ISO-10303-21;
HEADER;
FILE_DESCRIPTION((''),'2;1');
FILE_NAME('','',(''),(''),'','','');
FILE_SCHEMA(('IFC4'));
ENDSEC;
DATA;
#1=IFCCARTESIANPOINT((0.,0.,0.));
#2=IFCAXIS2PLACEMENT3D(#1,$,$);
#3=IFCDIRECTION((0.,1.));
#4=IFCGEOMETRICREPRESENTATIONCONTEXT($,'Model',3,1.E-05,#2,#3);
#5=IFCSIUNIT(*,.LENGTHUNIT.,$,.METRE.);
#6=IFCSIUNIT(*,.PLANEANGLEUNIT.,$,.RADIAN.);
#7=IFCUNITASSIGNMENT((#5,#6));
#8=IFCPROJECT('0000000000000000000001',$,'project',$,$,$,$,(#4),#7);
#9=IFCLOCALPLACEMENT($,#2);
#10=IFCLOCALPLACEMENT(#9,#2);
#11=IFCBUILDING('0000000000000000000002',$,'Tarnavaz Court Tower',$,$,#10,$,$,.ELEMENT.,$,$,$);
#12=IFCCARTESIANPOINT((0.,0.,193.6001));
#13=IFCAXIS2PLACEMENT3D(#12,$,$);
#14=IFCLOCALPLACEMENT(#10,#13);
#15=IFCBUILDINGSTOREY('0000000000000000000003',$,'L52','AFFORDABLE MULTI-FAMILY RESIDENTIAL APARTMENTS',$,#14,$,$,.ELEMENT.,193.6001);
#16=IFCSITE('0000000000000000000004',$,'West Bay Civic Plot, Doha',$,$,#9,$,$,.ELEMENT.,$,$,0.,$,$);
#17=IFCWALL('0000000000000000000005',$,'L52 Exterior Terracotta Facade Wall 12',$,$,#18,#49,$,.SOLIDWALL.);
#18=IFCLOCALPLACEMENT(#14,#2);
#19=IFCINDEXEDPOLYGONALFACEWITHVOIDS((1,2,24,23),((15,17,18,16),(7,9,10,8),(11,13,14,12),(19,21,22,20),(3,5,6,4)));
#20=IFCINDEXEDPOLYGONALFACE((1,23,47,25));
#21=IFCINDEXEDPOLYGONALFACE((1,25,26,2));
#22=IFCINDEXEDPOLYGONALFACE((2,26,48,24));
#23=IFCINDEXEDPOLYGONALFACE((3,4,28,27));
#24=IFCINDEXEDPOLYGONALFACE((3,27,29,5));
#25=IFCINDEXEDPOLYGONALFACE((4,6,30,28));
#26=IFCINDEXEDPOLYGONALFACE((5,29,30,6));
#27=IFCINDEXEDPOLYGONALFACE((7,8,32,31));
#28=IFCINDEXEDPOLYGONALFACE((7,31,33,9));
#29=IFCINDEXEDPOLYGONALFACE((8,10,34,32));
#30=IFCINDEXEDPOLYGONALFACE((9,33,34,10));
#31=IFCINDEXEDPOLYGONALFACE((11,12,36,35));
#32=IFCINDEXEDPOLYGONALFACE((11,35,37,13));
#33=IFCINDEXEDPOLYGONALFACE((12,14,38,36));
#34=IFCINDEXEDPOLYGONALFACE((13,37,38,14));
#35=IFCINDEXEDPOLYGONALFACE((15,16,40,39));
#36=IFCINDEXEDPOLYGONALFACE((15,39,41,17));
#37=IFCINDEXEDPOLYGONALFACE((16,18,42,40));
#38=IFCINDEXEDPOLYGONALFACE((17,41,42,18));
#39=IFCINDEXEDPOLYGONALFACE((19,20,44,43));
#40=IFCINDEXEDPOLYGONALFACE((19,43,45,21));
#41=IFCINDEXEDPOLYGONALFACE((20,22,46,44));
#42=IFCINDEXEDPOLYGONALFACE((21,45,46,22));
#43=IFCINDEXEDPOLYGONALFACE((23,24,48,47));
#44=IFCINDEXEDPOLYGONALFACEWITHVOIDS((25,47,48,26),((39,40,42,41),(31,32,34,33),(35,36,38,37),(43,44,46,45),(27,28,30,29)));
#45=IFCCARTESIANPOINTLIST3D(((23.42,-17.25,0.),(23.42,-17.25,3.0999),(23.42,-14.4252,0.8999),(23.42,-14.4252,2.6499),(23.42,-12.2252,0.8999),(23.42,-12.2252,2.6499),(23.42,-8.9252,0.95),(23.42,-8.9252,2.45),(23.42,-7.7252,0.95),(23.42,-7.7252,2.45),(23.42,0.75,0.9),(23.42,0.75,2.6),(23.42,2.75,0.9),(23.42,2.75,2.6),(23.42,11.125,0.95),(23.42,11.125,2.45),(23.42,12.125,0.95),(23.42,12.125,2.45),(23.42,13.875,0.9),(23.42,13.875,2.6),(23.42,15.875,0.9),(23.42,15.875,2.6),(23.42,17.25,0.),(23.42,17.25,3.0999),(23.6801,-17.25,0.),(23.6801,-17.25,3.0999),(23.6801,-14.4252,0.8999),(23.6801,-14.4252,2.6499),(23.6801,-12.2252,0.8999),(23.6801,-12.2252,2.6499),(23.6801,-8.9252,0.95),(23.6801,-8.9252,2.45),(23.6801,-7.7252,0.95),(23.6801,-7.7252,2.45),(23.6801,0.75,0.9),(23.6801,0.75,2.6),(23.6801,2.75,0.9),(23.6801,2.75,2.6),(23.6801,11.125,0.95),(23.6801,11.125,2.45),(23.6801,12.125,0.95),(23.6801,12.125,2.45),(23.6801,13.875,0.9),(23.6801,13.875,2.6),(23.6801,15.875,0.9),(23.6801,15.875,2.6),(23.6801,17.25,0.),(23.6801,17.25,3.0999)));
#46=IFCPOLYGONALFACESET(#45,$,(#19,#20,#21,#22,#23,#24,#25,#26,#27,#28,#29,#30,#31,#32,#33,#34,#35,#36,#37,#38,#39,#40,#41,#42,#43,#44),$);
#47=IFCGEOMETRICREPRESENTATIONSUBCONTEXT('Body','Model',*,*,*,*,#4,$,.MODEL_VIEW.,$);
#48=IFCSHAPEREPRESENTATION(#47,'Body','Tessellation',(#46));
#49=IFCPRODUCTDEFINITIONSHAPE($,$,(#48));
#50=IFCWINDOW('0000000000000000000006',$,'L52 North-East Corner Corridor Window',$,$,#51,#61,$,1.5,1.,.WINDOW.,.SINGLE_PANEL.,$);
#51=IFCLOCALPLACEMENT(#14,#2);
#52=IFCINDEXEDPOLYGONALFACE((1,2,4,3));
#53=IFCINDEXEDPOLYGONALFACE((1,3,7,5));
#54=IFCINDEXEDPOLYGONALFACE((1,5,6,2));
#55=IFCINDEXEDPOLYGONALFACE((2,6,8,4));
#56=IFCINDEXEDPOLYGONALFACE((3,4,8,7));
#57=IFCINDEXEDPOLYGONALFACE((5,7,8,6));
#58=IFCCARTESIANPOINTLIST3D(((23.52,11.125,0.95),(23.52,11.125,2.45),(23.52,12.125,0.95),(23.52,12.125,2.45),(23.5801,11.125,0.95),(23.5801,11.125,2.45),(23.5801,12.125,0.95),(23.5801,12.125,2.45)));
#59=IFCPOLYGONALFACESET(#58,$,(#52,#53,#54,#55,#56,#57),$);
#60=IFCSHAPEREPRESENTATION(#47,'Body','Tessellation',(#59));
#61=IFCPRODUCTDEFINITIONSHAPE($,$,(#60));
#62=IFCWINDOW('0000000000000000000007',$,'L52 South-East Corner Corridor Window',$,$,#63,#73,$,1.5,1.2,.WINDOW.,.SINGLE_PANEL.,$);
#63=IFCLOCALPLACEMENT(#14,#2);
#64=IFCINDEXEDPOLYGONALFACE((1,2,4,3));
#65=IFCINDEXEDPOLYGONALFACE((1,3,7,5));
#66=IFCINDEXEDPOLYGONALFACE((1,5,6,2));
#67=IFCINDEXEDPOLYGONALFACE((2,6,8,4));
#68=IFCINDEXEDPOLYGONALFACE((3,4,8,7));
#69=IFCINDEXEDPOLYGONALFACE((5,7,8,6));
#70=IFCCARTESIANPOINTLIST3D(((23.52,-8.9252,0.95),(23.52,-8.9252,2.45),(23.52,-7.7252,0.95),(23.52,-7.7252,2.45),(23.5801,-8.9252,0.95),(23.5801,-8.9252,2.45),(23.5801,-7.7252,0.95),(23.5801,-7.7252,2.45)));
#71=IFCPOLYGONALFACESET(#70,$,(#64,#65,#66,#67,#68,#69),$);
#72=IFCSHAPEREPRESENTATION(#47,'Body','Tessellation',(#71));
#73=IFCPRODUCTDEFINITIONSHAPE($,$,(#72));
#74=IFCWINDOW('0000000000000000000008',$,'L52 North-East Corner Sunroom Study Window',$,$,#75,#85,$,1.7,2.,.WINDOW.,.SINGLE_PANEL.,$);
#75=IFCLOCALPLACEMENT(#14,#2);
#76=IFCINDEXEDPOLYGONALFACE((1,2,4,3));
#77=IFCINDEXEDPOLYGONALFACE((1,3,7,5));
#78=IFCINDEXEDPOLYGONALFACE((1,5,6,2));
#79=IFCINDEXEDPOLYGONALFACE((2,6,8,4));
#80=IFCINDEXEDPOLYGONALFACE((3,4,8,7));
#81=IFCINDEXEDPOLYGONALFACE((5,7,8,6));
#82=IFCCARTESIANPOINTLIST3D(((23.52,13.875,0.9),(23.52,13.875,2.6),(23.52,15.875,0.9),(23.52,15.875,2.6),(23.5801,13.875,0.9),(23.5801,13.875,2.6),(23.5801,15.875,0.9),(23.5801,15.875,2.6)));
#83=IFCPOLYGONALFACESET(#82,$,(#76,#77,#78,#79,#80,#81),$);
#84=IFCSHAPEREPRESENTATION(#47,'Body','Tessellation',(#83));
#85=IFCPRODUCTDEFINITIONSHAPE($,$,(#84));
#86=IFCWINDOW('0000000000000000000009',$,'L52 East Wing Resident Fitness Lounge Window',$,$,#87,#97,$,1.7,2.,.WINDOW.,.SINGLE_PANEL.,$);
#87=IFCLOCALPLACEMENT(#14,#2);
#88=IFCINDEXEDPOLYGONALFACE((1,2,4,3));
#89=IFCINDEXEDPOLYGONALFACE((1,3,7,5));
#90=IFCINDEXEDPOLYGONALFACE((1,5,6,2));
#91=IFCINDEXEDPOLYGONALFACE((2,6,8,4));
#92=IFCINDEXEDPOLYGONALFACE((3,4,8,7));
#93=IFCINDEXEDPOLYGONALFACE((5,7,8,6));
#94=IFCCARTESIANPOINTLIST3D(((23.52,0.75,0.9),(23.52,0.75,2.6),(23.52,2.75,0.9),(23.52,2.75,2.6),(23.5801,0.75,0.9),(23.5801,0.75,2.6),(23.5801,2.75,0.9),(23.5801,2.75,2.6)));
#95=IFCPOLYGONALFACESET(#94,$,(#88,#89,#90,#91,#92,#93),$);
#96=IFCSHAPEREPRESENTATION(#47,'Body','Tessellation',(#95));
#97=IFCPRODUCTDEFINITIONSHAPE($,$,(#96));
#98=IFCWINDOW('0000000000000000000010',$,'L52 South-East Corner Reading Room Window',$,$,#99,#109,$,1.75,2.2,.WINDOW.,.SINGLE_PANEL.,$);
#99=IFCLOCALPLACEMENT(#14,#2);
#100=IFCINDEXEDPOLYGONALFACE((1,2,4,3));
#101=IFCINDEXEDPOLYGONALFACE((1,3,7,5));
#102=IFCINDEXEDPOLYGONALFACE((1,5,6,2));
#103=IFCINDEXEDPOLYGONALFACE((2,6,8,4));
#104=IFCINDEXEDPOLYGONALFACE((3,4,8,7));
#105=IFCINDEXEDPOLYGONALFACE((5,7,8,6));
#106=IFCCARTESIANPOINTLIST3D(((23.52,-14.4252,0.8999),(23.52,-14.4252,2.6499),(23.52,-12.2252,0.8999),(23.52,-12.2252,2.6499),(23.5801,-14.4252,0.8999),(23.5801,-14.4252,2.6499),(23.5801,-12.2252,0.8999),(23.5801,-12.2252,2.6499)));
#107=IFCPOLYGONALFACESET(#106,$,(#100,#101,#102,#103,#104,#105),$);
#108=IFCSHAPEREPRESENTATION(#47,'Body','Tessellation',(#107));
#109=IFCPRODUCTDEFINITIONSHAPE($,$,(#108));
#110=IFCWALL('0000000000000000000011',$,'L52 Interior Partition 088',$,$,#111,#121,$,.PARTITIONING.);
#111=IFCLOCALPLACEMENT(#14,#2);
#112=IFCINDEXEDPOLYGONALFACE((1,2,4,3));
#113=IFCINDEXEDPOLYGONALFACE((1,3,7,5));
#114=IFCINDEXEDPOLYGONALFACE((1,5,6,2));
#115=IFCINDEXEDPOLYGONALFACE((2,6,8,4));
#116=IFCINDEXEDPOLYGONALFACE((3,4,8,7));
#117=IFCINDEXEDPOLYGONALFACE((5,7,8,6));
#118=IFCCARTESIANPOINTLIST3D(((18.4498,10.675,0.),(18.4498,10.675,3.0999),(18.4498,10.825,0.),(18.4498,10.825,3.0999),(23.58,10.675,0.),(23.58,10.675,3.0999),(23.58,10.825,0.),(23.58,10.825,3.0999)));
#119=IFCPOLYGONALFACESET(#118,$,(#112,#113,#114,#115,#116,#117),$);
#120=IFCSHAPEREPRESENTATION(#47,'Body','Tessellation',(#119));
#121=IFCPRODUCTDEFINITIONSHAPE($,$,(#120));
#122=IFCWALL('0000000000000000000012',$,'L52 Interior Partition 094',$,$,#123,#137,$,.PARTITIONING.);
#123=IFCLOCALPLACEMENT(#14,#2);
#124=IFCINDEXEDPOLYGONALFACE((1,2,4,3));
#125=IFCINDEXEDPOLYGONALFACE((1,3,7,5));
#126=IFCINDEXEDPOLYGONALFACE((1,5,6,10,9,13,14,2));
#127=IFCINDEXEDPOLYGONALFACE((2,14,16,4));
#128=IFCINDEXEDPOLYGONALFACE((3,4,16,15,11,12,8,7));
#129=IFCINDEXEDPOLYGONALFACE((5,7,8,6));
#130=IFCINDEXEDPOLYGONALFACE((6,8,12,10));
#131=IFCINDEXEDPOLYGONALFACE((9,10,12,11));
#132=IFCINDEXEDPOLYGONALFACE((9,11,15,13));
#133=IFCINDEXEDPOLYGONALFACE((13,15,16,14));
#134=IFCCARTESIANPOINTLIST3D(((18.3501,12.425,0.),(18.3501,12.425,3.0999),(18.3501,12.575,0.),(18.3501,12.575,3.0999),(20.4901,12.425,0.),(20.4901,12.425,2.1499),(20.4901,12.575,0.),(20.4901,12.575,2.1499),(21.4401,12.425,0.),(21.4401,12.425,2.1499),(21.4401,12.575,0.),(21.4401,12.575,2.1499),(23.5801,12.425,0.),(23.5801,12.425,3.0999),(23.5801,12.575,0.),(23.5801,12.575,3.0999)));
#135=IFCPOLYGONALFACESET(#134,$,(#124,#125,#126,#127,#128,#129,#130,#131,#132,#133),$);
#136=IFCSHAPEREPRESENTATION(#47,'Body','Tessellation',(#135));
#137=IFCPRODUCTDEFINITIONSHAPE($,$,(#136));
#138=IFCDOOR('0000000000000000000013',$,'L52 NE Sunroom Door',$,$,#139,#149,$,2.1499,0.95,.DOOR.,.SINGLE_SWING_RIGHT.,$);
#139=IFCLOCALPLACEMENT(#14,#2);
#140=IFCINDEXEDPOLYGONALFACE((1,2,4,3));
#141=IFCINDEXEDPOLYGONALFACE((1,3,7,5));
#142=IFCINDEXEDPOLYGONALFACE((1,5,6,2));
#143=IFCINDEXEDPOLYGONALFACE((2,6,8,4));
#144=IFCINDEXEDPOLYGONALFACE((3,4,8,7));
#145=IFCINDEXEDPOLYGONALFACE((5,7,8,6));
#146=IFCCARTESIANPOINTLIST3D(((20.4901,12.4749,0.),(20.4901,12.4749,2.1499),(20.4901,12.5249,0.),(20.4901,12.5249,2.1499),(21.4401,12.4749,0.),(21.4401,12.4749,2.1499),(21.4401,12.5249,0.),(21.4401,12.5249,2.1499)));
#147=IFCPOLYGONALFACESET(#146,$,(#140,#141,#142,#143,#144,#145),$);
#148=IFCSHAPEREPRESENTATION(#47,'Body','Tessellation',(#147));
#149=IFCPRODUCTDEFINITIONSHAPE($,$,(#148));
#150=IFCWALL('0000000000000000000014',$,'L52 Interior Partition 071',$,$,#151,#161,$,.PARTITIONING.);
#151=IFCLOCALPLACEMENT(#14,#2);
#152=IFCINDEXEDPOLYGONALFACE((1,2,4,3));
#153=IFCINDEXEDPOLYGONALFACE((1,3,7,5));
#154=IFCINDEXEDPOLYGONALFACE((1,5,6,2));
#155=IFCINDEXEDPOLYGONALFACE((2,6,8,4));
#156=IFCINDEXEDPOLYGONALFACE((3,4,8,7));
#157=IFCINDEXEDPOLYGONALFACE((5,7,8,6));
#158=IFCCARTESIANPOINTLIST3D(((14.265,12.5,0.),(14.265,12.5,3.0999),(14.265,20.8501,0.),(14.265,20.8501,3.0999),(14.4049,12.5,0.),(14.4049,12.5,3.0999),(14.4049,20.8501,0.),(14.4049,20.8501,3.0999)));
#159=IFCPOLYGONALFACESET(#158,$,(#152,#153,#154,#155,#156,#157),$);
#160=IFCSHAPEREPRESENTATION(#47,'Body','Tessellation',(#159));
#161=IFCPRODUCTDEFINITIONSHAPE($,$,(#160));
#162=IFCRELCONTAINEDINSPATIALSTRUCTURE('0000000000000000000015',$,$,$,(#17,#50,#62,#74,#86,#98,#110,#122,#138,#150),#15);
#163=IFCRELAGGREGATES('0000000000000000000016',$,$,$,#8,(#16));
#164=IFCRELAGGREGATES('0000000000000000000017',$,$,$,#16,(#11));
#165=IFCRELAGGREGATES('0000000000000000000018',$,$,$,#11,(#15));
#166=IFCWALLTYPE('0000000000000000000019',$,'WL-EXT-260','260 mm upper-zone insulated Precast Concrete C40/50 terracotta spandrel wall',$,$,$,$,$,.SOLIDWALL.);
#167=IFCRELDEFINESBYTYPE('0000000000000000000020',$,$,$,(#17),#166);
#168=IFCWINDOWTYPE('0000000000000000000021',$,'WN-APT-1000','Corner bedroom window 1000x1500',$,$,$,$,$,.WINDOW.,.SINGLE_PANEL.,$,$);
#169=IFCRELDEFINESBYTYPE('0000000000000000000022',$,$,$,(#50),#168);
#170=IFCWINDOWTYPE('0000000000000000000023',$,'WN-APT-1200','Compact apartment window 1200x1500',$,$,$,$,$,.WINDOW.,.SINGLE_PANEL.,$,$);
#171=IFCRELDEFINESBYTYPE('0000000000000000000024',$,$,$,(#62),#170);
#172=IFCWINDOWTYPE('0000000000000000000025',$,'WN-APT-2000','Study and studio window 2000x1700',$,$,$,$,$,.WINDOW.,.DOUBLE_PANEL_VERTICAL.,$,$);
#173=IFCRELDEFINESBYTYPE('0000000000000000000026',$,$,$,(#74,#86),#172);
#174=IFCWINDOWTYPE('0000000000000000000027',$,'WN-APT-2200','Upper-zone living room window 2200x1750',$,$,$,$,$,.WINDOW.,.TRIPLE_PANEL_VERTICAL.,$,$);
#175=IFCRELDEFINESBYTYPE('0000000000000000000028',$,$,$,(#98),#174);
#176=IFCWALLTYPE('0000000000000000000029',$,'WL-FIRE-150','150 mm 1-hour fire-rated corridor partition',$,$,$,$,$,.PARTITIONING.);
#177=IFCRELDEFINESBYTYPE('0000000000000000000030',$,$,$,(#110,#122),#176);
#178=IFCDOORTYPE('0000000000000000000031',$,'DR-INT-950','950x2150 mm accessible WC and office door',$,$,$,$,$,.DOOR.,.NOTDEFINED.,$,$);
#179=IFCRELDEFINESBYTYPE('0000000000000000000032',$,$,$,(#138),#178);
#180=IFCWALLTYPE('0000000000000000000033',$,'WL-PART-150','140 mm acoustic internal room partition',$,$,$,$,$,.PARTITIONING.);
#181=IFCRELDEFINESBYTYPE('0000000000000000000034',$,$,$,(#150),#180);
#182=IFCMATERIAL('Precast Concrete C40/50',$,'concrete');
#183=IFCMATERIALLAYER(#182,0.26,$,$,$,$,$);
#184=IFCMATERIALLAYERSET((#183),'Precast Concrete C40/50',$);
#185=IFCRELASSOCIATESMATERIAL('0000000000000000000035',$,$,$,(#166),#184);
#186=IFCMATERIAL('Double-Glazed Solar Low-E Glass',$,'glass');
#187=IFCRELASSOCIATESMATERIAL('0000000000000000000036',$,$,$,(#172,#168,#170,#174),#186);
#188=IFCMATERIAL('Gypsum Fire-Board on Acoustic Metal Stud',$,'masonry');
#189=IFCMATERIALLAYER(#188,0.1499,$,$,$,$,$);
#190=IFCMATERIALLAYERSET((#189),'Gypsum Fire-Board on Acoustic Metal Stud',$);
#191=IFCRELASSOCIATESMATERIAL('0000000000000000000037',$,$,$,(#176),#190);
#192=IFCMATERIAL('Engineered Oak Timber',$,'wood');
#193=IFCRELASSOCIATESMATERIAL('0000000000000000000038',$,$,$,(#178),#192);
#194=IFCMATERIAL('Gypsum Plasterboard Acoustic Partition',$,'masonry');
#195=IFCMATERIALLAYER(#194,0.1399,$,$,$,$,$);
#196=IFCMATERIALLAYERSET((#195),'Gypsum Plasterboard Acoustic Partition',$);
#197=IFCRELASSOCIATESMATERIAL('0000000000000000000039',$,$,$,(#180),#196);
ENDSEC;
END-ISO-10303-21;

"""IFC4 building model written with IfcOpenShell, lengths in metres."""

from ifc_helpers import new_model, si_unit, direction, frame, frame_2d, origin, place, context, subcontext, project, spatial, rectangle, extrude, material, layer, layer_set, type_object, element, fill, save


model = new_model("IFC4")

# Units and contexts
model_context = context("Model", 3, precision=1e-05, world=origin(), true_north=direction((0.0, 1.0)))
body_context = subcontext(model_context, "Body", "Model", "MODEL_VIEW")
ifc_project = project(units=[si_unit("LENGTHUNIT", "METRE"), si_unit("PLANEANGLEUNIT", "RADIAN")], contexts=[model_context])

# Site, building, storey
site_placement = place(None, origin())
site = spatial("IfcSite", under=ifc_project, at=site_placement, Name="West Bay Civic Plot, Doha", CompositionType="ELEMENT", RefElevation=0.0)
building_placement = place(site_placement, origin())
building = spatial("IfcBuilding", under=site, at=building_placement, Name="Tarnavaz Court Tower", CompositionType="ELEMENT")
storey_placement = place(building_placement, frame((0.0, 0.0, 193.6001)))
storey = spatial("IfcBuildingStorey", under=building, at=storey_placement, Name="L52", Description="AFFORDABLE MULTI-FAMILY RESIDENTIAL APARTMENTS", CompositionType="ELEMENT", Elevation=193.6001)

# Shared definitions
ifc_material_1 = material(Name="Precast Concrete C40/50", Category="concrete")
ifc_layer_1 = layer(ifc_material_1, 0.26)
ifc_layer_set_1 = layer_set([ifc_layer_1], Name="Precast Concrete C40/50")
wall_type_1 = type_object("IfcWallType", Name="WL-EXT-260", Description="260 mm upper-zone insulated Precast Concrete C40/50 terracotta spandrel wall", PredefinedType="SOLIDWALL", material=ifc_layer_set_1)
ifc_material_2 = material(Name="Double-Glazed Solar Low-E Glass", Category="glass")
window_type_1 = type_object("IfcWindowType", Name="WN-APT-2000", Description="Study and studio window 2000x1700", PartitioningType="DOUBLE_PANEL_VERTICAL", PredefinedType="WINDOW", material=ifc_material_2)

# Wall, openings, windows
wall_1_placement = place(storey_placement, frame((23.55, 17.25, 0.0), z_axis=(0.0, 0.0, 1.0), x_axis=(0.0, -1.0, 0.0)))
wall_1 = element("IfcWall", 1, at=wall_1_placement, inside=storey, type_object=wall_type_1, Name="L52 Exterior Terracotta Facade Wall 12", PredefinedType="SOLIDWALL", context=body_context, shape_type="SweptSolid", body=[
    extrude(rectangle(XDim=34.5, YDim=0.26, at=frame_2d((17.25, 0.0))), origin(), (0.0, 0.0, 1.0), 3.0999),
])
opening_1_placement = place(wall_1_placement, frame((1.375, 0.0, 0.8999)))
opening_1 = element("IfcOpeningElement", 2, at=opening_1_placement, cuts=wall_1, PredefinedType="OPENING", context=body_context, shape_type="SweptSolid", body=[
    extrude(rectangle(XDim=2.0, YDim=1.7, at=frame_2d((1.0, 0.8501))), frame((0.0, 0.1399, 0.0), z_axis=(0.0, -1.0, 0.0), x_axis=(1.0, 0.0, 0.0)), (0.0, 0.0, 1.0), 0.28),
])
opening_2_placement = place(wall_1_placement, frame((5.125, 0.0, 0.95)))
opening_2 = element("IfcOpeningElement", 3, at=opening_2_placement, cuts=wall_1, PredefinedType="OPENING", context=body_context, shape_type="SweptSolid", body=[
    extrude(rectangle(XDim=1.0, YDim=1.5, at=frame_2d((0.5, 0.75))), frame((0.0, 0.1399, 0.0), z_axis=(0.0, -1.0, 0.0), x_axis=(1.0, 0.0, 0.0)), (0.0, 0.0, 1.0), 0.28),
])
opening_3_placement = place(wall_1_placement, frame((14.5, 0.0, 0.8999)))
opening_3 = element("IfcOpeningElement", 4, at=opening_3_placement, cuts=wall_1, PredefinedType="OPENING", context=body_context, shape_type="SweptSolid", body=[
    extrude(rectangle(XDim=2.0, YDim=1.7, at=frame_2d((1.0, 0.8501))), frame((0.0, 0.1399, 0.0), z_axis=(0.0, -1.0, 0.0), x_axis=(1.0, 0.0, 0.0)), (0.0, 0.0, 1.0), 0.28),
])
opening_4_placement = place(wall_1_placement, frame((24.9751, 0.0, 0.95)))
opening_4 = element("IfcOpeningElement", 5, at=opening_4_placement, cuts=wall_1, PredefinedType="OPENING", context=body_context, shape_type="SweptSolid", body=[
    extrude(rectangle(XDim=1.2, YDim=1.5, at=frame_2d((0.6001, 0.75))), frame((0.0, 0.1399, 0.0), z_axis=(0.0, -1.0, 0.0), x_axis=(1.0, 0.0, 0.0)), (0.0, 0.0, 1.0), 0.28),
])
opening_5_placement = place(wall_1_placement, frame((29.4751, 0.0, 0.8999)))
opening_5 = element("IfcOpeningElement", 6, at=opening_5_placement, cuts=wall_1, PredefinedType="OPENING", context=body_context, shape_type="SweptSolid", body=[
    extrude(rectangle(XDim=2.2, YDim=1.75, at=frame_2d((1.1001, 0.875))), frame((0.0, 0.1399, 0.0), z_axis=(0.0, -1.0, 0.0), x_axis=(1.0, 0.0, 0.0)), (0.0, 0.0, 1.0), 0.28),
])
window_type_2 = type_object("IfcWindowType", Name="WN-APT-1000", Description="Corner bedroom window 1000x1500", PartitioningType="SINGLE_PANEL", PredefinedType="WINDOW", material=ifc_material_2)
window_1_placement = place(opening_2_placement, origin())
window_1 = element("IfcWindow", 7, at=window_1_placement, inside=storey, type_object=window_type_2, Name="L52 North-East Corner Corridor Window", OverallHeight=1.5, OverallWidth=1.0, PartitioningType="SINGLE_PANEL", PredefinedType="WINDOW", context=body_context, shape_type="SweptSolid", body=[
    extrude(rectangle(XDim=1.0, YDim=1.5, at=frame_2d((0.5, 0.75))), frame((0.0, 0.03, 0.0), z_axis=(0.0, -1.0, 0.0), x_axis=(1.0, 0.0, 0.0)), (0.0, 0.0, 1.0), 0.0601),
])
fill(opening_2, window_1)
window_type_3 = type_object("IfcWindowType", Name="WN-APT-1200", Description="Compact apartment window 1200x1500", PartitioningType="SINGLE_PANEL", PredefinedType="WINDOW", material=ifc_material_2)
window_2_placement = place(opening_4_placement, origin())
window_2 = element("IfcWindow", 8, at=window_2_placement, inside=storey, type_object=window_type_3, Name="L52 South-East Corner Corridor Window", OverallHeight=1.5, OverallWidth=1.2, PartitioningType="SINGLE_PANEL", PredefinedType="WINDOW", context=body_context, shape_type="SweptSolid", body=[
    extrude(rectangle(XDim=1.2, YDim=1.5, at=frame_2d((0.6001, 0.75))), frame((0.0, 0.03, 0.0), z_axis=(0.0, -1.0, 0.0), x_axis=(1.0, 0.0, 0.0)), (0.0, 0.0, 1.0), 0.0601),
])
fill(opening_4, window_2)
window_3_placement = place(opening_1_placement, origin())
window_3 = element("IfcWindow", 9, at=window_3_placement, inside=storey, type_object=window_type_1, Name="L52 North-East Corner Sunroom Study Window", OverallHeight=1.7, OverallWidth=2.0, PartitioningType="SINGLE_PANEL", PredefinedType="WINDOW", context=body_context, shape_type="SweptSolid", body=[
    extrude(rectangle(XDim=2.0, YDim=1.7, at=frame_2d((1.0, 0.8501))), frame((0.0, 0.03, 0.0), z_axis=(0.0, -1.0, 0.0), x_axis=(1.0, 0.0, 0.0)), (0.0, 0.0, 1.0), 0.0601),
])
fill(opening_1, window_3)
window_4_placement = place(opening_3_placement, origin())
window_4 = element("IfcWindow", 10, at=window_4_placement, inside=storey, type_object=window_type_1, Name="L52 East Wing Resident Fitness Lounge Window", OverallHeight=1.7, OverallWidth=2.0, PartitioningType="SINGLE_PANEL", PredefinedType="WINDOW", context=body_context, shape_type="SweptSolid", body=[
    extrude(rectangle(XDim=2.0, YDim=1.7, at=frame_2d((1.0, 0.8501))), frame((0.0, 0.03, 0.0), z_axis=(0.0, -1.0, 0.0), x_axis=(1.0, 0.0, 0.0)), (0.0, 0.0, 1.0), 0.0601),
])
fill(opening_3, window_4)
window_type_4 = type_object("IfcWindowType", Name="WN-APT-2200", Description="Upper-zone living room window 2200x1750", PartitioningType="TRIPLE_PANEL_VERTICAL", PredefinedType="WINDOW", material=ifc_material_2)
window_5_placement = place(opening_5_placement, origin())
window_5 = element("IfcWindow", 11, at=window_5_placement, inside=storey, type_object=window_type_4, Name="L52 South-East Corner Reading Room Window", OverallHeight=1.75, OverallWidth=2.2, PartitioningType="SINGLE_PANEL", PredefinedType="WINDOW", context=body_context, shape_type="SweptSolid", body=[
    extrude(rectangle(XDim=2.2, YDim=1.75, at=frame_2d((1.1001, 0.875))), frame((0.0, 0.03, 0.0), z_axis=(0.0, -1.0, 0.0), x_axis=(1.0, 0.0, 0.0)), (0.0, 0.0, 1.0), 0.0601),
])
fill(opening_5, window_5)

# Wall
ifc_material_3 = material(Name="Gypsum Fire-Board on Acoustic Metal Stud", Category="masonry")
ifc_layer_2 = layer(ifc_material_3, 0.1499)
ifc_layer_set_2 = layer_set([ifc_layer_2], Name="Gypsum Fire-Board on Acoustic Metal Stud")
wall_type_2 = type_object("IfcWallType", Name="WL-FIRE-150", Description="150 mm 1-hour fire-rated corridor partition", PredefinedType="PARTITIONING", material=ifc_layer_set_2)
wall_2_placement = place(storey_placement, frame((18.45, 10.75, 0.0), z_axis=(0.0, 0.0, 1.0), x_axis=(1.0, 0.0, 0.0)))
element("IfcWall", 12, at=wall_2_placement, inside=storey, type_object=wall_type_2, Name="L52 Interior Partition 088", PredefinedType="PARTITIONING", context=body_context, shape_type="SweptSolid", body=[
    extrude(rectangle(XDim=5.1301, YDim=0.1499, at=frame_2d((2.5649, 0.0))), origin(), (0.0, 0.0, 1.0), 3.0999),
])

# Wall, opening, door
wall_3_placement = place(storey_placement, frame((18.3501, 12.5, 0.0), z_axis=(0.0, 0.0, 1.0), x_axis=(1.0, 0.0, 0.0)))
wall_3 = element("IfcWall", 13, at=wall_3_placement, inside=storey, type_object=wall_type_2, Name="L52 Interior Partition 094", PredefinedType="PARTITIONING", context=body_context, shape_type="SweptSolid", body=[
    extrude(rectangle(XDim=5.23, YDim=0.1499, at=frame_2d((2.615, 0.0))), origin(), (0.0, 0.0, 1.0), 3.0999),
])
opening_6_placement = place(wall_3_placement, frame((2.1399, 0.0, 0.0)))
opening_6 = element("IfcOpeningElement", 14, at=opening_6_placement, cuts=wall_3, PredefinedType="OPENING", context=body_context, shape_type="SweptSolid", body=[
    extrude(rectangle(XDim=0.95, YDim=2.1499, at=frame_2d((0.4751, 1.075))), frame((0.0, 0.085, 0.0), z_axis=(0.0, -1.0, 0.0), x_axis=(1.0, 0.0, 0.0)), (0.0, 0.0, 1.0), 0.1699),
])
ifc_material_4 = material(Name="Engineered Oak Timber", Category="wood")
door_type = type_object("IfcDoorType", Name="DR-INT-950", Description="950x2150 mm accessible WC and office door", OperationType="NOTDEFINED", PredefinedType="DOOR", material=ifc_material_4)
door_placement = place(opening_6_placement, origin())
door = element("IfcDoor", 15, at=door_placement, inside=storey, type_object=door_type, Name="L52 NE Sunroom Door", OperationType="SINGLE_SWING_RIGHT", OverallHeight=2.1499, OverallWidth=0.95, PredefinedType="DOOR", context=body_context, shape_type="SweptSolid", body=[
    extrude(rectangle(XDim=0.95, YDim=2.1499, at=frame_2d((0.4751, 1.075))), frame((0.0, 0.0249, 0.0), z_axis=(0.0, -1.0, 0.0), x_axis=(1.0, 0.0, 0.0)), (0.0, 0.0, 1.0), 0.05),
])
fill(opening_6, door)

# Wall
ifc_material_5 = material(Name="Gypsum Plasterboard Acoustic Partition", Category="masonry")
ifc_layer_3 = layer(ifc_material_5, 0.1399)
ifc_layer_set_3 = layer_set([ifc_layer_3], Name="Gypsum Plasterboard Acoustic Partition")
wall_type_3 = type_object("IfcWallType", Name="WL-PART-150", Description="140 mm acoustic internal room partition", PredefinedType="PARTITIONING", material=ifc_layer_set_3)
wall_4_placement = place(storey_placement, frame((14.335, 12.5, 0.0), z_axis=(0.0, 0.0, 1.0), x_axis=(0.0, 1.0, 0.0)))
element("IfcWall", 16, at=wall_4_placement, inside=storey, type_object=wall_type_3, Name="L52 Interior Partition 071", PredefinedType="PARTITIONING", context=body_context, shape_type="SweptSolid", body=[
    extrude(rectangle(XDim=8.3501, YDim=0.1399, at=frame_2d((4.175, 0.0))), origin(), (0.0, 0.0, 1.0), 3.0999),
])

save(model, "model.ifc")
